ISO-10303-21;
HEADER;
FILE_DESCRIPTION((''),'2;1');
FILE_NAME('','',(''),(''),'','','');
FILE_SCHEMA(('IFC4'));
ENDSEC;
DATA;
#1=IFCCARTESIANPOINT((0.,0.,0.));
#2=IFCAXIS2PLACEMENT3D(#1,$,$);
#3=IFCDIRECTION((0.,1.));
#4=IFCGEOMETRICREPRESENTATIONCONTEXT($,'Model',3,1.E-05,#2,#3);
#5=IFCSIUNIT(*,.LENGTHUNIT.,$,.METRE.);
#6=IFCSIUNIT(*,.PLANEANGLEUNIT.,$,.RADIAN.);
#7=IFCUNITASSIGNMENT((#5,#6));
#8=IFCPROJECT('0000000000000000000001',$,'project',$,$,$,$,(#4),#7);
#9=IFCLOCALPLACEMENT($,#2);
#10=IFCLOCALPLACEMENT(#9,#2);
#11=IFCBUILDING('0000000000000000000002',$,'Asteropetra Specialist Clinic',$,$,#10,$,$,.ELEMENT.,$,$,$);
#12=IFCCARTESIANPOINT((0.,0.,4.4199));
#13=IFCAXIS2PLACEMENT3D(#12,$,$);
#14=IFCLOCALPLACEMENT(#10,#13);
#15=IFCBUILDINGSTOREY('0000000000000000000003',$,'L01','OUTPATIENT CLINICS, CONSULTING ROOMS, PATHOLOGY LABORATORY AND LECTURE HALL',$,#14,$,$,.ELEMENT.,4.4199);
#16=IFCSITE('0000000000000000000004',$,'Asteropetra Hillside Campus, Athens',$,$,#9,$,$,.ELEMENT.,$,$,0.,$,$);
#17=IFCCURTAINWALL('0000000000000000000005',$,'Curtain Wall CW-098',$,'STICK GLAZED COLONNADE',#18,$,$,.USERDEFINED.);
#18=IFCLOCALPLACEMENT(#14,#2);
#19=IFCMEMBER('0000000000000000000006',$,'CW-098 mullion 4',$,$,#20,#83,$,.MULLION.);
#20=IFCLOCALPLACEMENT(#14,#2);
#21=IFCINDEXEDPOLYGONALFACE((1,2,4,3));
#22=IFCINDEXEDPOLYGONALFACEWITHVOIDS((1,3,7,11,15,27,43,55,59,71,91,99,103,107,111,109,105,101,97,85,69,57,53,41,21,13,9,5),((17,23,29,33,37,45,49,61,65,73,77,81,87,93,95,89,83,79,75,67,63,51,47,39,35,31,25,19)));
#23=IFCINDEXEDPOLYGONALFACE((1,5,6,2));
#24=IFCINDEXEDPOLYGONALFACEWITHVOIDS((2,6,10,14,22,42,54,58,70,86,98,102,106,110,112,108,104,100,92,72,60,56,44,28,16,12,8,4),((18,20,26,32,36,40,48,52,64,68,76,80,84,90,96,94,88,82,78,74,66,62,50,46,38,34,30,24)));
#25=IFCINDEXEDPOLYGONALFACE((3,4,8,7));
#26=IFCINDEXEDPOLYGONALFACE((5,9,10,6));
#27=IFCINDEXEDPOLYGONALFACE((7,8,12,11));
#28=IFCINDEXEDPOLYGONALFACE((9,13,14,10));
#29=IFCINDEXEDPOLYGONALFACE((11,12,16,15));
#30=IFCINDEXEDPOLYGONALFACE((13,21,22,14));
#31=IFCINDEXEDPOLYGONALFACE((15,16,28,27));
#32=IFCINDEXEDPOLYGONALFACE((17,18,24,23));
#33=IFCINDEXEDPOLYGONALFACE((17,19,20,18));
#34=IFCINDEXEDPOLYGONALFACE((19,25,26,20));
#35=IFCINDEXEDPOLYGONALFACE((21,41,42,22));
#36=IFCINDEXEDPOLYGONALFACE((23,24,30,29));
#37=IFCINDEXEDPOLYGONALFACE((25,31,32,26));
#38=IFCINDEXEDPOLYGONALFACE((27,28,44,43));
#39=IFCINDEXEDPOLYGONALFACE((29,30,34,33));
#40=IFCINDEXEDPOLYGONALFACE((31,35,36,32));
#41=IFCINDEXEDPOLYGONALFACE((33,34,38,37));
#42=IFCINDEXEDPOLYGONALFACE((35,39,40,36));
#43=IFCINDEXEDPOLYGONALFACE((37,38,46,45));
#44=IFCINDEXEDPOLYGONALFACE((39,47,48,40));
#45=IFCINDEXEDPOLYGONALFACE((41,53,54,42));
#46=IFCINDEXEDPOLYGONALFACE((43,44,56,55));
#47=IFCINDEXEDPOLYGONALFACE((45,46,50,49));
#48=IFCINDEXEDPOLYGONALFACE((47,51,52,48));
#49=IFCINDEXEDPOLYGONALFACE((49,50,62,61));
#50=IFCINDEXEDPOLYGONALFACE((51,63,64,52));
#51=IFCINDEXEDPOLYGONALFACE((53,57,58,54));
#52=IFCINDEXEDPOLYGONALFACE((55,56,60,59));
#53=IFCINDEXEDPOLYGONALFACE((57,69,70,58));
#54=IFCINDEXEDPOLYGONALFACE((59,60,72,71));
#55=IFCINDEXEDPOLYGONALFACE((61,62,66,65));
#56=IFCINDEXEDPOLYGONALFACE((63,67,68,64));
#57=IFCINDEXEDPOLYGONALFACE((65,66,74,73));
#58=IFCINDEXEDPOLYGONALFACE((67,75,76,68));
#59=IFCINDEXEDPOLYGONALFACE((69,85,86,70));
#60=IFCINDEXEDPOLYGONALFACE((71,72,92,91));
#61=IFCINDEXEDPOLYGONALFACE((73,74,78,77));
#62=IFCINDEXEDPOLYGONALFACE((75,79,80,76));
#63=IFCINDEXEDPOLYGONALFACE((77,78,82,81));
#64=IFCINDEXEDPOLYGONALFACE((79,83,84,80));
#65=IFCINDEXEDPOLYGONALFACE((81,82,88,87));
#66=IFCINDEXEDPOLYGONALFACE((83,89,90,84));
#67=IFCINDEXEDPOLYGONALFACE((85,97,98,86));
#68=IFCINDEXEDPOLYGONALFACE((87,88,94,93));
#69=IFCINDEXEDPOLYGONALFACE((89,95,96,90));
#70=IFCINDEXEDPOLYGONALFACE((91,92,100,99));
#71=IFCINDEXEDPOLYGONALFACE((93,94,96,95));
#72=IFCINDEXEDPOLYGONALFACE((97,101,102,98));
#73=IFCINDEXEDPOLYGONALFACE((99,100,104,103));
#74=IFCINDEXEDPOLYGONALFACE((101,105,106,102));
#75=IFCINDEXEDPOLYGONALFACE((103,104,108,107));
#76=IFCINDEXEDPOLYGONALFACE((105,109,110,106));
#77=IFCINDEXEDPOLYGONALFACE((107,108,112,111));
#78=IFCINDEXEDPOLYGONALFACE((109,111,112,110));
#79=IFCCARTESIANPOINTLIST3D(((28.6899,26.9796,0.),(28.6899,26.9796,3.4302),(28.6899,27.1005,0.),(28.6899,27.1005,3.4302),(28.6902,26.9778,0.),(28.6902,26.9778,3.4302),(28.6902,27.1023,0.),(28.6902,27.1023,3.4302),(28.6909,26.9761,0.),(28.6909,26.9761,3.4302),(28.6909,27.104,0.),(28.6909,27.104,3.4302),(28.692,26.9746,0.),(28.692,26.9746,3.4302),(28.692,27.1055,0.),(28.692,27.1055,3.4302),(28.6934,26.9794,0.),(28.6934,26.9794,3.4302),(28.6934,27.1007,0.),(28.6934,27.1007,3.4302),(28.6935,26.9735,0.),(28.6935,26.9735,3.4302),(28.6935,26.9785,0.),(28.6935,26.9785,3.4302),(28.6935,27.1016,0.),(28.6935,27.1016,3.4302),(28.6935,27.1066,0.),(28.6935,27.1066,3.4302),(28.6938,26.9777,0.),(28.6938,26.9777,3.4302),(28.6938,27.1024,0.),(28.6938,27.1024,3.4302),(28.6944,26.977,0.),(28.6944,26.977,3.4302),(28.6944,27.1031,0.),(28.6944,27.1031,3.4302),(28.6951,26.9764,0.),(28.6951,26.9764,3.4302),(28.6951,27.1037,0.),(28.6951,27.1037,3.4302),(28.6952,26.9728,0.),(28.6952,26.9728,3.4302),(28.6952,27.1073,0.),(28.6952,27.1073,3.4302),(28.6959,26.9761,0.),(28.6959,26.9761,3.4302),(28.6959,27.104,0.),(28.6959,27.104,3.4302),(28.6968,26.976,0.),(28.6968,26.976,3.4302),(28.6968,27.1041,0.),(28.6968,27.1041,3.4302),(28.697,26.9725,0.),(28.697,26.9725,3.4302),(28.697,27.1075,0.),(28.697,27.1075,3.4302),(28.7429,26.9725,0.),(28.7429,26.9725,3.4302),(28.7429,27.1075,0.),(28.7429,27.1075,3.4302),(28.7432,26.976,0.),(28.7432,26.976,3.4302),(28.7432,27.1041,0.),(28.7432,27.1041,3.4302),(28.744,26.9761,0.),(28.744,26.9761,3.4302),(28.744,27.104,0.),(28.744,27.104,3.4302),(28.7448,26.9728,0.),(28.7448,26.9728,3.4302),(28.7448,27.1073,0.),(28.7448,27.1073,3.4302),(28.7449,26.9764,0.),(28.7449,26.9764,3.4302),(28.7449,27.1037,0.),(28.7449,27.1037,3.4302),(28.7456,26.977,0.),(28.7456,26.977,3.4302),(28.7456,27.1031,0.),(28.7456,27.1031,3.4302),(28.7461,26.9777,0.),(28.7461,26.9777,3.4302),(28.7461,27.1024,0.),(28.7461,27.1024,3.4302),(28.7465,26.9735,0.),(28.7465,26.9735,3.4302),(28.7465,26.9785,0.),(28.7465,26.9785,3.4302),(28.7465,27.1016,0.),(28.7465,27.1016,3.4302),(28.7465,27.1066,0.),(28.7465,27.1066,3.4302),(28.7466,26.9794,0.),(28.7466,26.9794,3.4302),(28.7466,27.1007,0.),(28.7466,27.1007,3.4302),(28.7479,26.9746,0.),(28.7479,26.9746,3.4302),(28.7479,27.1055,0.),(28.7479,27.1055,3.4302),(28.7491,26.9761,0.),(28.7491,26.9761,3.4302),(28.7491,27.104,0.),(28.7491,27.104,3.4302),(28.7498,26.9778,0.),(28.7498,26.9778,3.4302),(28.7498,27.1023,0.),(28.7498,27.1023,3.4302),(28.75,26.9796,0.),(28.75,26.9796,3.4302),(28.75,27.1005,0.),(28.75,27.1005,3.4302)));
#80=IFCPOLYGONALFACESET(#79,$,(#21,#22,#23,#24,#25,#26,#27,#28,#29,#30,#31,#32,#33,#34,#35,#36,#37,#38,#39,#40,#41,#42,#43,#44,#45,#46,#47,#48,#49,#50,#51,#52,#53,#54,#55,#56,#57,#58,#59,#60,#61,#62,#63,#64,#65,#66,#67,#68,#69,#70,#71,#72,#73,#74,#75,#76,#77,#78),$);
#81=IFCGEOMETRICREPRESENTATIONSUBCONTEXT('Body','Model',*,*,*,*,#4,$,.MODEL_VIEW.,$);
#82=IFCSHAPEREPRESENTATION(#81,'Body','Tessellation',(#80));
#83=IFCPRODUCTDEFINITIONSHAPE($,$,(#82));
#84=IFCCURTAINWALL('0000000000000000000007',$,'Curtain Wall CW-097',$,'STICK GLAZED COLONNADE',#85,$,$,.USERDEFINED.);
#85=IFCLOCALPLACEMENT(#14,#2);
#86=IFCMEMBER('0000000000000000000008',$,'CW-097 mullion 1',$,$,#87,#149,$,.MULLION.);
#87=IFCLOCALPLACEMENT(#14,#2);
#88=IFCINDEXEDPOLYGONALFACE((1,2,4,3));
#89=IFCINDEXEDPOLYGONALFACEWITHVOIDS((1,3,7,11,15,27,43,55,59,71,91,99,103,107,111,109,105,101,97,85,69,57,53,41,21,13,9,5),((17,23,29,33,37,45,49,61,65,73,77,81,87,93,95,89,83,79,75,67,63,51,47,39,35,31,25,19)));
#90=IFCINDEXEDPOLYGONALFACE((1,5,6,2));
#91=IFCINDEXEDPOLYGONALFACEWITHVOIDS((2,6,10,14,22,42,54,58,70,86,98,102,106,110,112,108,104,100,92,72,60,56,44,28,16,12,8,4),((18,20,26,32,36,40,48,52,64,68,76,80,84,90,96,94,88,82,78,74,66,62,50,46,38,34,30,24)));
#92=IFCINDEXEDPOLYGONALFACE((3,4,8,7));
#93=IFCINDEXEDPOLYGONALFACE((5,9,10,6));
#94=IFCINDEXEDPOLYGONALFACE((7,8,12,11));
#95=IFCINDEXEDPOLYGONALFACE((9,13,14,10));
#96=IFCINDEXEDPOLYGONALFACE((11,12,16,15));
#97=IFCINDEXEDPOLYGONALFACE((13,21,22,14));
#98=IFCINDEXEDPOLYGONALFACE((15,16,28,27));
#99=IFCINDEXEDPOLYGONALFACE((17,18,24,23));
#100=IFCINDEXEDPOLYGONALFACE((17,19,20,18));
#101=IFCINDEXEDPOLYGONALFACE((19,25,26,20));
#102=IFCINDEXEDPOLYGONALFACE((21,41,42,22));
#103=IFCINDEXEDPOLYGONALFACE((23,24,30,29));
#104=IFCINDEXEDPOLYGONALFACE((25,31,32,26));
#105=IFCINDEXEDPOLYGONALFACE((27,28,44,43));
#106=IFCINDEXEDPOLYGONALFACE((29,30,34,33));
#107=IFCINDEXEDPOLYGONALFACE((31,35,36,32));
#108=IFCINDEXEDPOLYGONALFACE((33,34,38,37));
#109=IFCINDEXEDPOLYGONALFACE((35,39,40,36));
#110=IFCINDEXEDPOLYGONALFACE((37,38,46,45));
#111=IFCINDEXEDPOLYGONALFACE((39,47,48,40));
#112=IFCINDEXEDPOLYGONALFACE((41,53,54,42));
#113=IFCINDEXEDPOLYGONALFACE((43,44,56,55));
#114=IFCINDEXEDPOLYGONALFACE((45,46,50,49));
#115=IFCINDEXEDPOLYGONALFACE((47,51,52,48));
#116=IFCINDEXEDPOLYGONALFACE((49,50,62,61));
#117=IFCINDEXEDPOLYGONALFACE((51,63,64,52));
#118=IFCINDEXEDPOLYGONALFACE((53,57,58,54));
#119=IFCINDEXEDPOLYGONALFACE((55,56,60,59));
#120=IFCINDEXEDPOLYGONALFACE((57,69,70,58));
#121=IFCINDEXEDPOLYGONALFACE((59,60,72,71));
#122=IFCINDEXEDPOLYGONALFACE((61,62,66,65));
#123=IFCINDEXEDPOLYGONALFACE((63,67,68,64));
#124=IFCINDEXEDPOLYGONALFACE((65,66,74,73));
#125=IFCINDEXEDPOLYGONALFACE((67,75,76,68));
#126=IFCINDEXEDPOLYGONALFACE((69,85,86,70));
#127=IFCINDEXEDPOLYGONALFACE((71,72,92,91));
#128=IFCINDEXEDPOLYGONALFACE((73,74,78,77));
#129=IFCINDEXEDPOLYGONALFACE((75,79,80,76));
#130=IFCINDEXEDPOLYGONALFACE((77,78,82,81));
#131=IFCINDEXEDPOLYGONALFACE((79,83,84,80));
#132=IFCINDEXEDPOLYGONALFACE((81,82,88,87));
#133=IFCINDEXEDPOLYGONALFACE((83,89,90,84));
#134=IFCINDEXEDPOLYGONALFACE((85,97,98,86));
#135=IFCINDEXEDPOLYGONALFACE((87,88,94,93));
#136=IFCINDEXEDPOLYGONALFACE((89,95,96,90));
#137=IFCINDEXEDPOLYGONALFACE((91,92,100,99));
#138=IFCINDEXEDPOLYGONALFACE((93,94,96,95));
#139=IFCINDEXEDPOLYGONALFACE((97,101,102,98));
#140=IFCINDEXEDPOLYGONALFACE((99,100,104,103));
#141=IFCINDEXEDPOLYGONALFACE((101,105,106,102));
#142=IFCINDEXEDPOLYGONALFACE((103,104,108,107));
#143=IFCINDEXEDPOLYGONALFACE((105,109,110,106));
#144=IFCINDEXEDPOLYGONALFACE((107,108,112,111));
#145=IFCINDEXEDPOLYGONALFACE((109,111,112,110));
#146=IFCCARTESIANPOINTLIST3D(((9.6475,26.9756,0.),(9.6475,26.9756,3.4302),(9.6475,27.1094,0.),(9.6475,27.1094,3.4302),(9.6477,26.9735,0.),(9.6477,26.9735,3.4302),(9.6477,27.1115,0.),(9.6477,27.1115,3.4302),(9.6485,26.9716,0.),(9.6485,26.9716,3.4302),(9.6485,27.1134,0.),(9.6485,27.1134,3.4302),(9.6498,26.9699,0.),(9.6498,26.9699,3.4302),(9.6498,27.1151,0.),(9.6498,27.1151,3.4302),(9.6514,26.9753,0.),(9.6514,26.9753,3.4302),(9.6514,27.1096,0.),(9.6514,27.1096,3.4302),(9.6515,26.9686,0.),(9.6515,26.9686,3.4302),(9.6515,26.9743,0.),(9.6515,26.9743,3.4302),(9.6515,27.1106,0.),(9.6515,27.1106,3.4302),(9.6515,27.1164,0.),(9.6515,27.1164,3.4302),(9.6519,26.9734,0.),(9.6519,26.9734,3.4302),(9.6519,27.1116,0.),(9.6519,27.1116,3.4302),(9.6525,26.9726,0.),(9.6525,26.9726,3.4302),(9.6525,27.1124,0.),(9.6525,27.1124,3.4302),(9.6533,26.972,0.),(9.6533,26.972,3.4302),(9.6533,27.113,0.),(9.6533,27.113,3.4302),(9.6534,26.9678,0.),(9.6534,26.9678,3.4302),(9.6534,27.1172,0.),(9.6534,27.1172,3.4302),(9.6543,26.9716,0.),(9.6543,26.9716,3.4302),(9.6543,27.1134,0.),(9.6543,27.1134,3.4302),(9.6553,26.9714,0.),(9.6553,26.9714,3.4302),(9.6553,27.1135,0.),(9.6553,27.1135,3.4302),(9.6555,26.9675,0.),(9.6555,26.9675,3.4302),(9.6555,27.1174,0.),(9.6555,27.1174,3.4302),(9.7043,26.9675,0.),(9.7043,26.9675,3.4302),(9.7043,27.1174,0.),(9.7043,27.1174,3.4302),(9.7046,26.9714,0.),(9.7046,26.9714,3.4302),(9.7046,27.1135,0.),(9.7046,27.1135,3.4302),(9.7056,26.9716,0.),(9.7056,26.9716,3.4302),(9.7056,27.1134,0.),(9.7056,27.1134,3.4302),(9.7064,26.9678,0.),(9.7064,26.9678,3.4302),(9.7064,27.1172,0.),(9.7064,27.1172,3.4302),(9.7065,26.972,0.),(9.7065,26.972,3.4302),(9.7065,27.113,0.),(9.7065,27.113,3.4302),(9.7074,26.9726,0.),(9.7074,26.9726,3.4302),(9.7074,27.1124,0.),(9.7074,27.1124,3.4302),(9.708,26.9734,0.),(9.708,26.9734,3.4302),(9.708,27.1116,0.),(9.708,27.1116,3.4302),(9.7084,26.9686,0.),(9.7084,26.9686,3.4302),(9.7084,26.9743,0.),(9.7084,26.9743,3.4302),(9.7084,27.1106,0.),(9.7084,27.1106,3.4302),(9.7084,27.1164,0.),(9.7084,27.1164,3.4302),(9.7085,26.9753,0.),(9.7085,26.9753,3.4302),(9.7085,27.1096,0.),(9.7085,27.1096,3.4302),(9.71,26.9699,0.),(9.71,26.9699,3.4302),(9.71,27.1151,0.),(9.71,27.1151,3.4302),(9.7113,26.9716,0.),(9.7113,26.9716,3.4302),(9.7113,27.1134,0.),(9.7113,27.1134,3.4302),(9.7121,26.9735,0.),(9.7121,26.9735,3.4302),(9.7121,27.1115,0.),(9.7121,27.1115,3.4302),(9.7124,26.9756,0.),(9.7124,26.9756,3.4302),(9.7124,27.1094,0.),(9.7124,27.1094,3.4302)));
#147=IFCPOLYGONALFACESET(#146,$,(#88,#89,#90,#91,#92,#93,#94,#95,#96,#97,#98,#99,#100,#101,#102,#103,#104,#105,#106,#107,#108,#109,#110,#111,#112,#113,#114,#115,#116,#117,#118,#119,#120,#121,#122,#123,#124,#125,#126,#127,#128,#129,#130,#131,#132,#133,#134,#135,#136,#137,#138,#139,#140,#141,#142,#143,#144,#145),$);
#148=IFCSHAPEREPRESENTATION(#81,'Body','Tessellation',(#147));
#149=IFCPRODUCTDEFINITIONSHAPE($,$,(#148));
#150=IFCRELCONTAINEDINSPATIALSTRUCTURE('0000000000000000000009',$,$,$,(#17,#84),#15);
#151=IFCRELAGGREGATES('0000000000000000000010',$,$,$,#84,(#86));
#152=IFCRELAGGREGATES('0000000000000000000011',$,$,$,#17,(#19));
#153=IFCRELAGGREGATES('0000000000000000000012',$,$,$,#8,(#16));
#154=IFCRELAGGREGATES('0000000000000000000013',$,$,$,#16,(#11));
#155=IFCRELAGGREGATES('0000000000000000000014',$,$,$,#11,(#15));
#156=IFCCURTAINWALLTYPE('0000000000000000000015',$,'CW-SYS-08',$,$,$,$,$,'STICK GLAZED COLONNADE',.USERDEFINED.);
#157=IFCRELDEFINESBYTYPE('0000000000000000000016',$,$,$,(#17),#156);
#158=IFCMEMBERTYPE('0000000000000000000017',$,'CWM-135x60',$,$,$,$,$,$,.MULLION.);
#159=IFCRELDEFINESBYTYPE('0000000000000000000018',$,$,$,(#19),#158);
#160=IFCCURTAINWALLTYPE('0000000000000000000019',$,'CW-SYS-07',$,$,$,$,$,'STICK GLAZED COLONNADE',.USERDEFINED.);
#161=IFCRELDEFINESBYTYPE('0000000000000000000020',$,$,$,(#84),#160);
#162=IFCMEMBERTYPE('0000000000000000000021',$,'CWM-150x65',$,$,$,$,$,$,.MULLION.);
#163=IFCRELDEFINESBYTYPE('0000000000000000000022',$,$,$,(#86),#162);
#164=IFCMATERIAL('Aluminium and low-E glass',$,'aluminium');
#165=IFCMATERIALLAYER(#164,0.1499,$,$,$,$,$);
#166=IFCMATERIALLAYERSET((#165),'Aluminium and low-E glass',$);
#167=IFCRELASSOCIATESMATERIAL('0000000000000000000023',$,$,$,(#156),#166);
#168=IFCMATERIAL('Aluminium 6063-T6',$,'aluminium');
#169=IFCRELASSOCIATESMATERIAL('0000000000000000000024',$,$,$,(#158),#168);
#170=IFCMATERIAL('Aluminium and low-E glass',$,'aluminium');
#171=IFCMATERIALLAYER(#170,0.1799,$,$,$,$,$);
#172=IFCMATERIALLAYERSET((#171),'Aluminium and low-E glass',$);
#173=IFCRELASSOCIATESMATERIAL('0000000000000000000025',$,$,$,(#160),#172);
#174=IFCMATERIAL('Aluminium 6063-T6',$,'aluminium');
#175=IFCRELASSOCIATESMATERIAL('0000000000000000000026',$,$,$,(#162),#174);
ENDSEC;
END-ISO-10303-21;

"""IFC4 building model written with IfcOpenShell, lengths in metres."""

from ifc_helpers import new_model, si_unit, direction, frame, origin, origin_2d, place, context, subcontext, project, spatial, hollow_rectangle, extrude, material, layer, layer_set, material_profile, profile_set, type_object, element, aggregate, save


model = new_model("IFC4")

# Units and contexts
model_context = context("Model", 3, precision=1e-05, world=origin(), true_north=direction((0.0, 1.0)))
body_context = subcontext(model_context, "Body", "Model", "MODEL_VIEW")
ifc_project = project(units=[si_unit("LENGTHUNIT", "METRE"), si_unit("PLANEANGLEUNIT", "RADIAN")], contexts=[model_context])

# Site, building, storey
site_placement = place(None, origin())
site = spatial("IfcSite", under=ifc_project, at=site_placement, Name="Asteropetra Hillside Campus, Athens", CompositionType="ELEMENT", RefElevation=0.0)
building_placement = place(site_placement, origin())
building = spatial("IfcBuilding", under=site, at=building_placement, Name="Asteropetra Specialist Clinic", CompositionType="ELEMENT")
storey_placement = place(building_placement, frame((0.0, 0.0, 4.4199)))
storey = spatial("IfcBuildingStorey", under=building, at=storey_placement, Name="L01", Description="OUTPATIENT CLINICS, CONSULTING ROOMS, PATHOLOGY LABORATORY AND LECTURE HALL", CompositionType="ELEMENT", Elevation=4.4199)

# Curtain wall, member
ifc_material_1 = material(Name="Aluminium and low-E glass", Category="aluminium")
ifc_layer_1 = layer(ifc_material_1, 0.1499)
ifc_layer_set_1 = layer_set([ifc_layer_1], Name="Aluminium and low-E glass")
curtain_wall_type_1 = type_object("IfcCurtainWallType", Name="CW-SYS-08", ElementType="STICK GLAZED COLONNADE", PredefinedType="USERDEFINED", material=ifc_layer_set_1)
curtain_wall_1_placement = place(storey_placement, origin())
curtain_wall_1 = element("IfcCurtainWall", 1, at=curtain_wall_1_placement, inside=storey, type_object=curtain_wall_type_1, Name="Curtain Wall CW-098", ObjectType="STICK GLAZED COLONNADE", PredefinedType="USERDEFINED")
ifc_material_2 = material(Name="Aluminium 6063-T6", Category="aluminium")
ifc_material_profile_1 = material_profile(ifc_material_2, hollow_rectangle(XDim=0.0601, YDim=0.135, WallThickness=0.0034, InnerFilletRadius=0.0034, OuterFilletRadius=0.0071, at=origin_2d()), Name="MUL 135x60x3.5")
ifc_profile_set_1 = profile_set([ifc_material_profile_1], Name="Aluminium 6063-T6")
member_type_1 = type_object("IfcMemberType", Name="CWM-135x60", PredefinedType="MULLION", material=ifc_profile_set_1)
member_1_placement = place(storey_placement, frame((28.72, 27.04, 0.0), z_axis=(0.0, 0.0, 1.0), x_axis=(1.0, 0.0, 0.0)))
member_1 = element("IfcMember", 2, at=member_1_placement, type_object=member_type_1, Name="CW-098 mullion 4", PredefinedType="MULLION", context=body_context, shape_type="SweptSolid", body=[
    extrude(hollow_rectangle(XDim=0.0601, YDim=0.135, WallThickness=0.0034, InnerFilletRadius=0.0034, OuterFilletRadius=0.0071, at=origin_2d()), origin(), (0.0, 0.0, 1.0), 3.4302),
])

# Curtain wall, member
ifc_material_3 = material(Name="Aluminium and low-E glass", Category="aluminium")
ifc_layer_2 = layer(ifc_material_3, 0.1799)
ifc_layer_set_2 = layer_set([ifc_layer_2], Name="Aluminium and low-E glass")
curtain_wall_type_2 = type_object("IfcCurtainWallType", Name="CW-SYS-07", ElementType="STICK GLAZED COLONNADE", PredefinedType="USERDEFINED", material=ifc_layer_set_2)
curtain_wall_2_placement = place(storey_placement, origin())
curtain_wall_2 = element("IfcCurtainWall", 3, at=curtain_wall_2_placement, inside=storey, type_object=curtain_wall_type_2, Name="Curtain Wall CW-097", ObjectType="STICK GLAZED COLONNADE", PredefinedType="USERDEFINED")
ifc_material_4 = material(Name="Aluminium 6063-T6", Category="aluminium")
ifc_material_profile_2 = material_profile(ifc_material_4, hollow_rectangle(XDim=0.0649, YDim=0.1499, WallThickness=0.0039, InnerFilletRadius=0.0039, OuterFilletRadius=0.0081, at=origin_2d()), Name="MUL 150x65x4.0")
ifc_profile_set_2 = profile_set([ifc_material_profile_2], Name="Aluminium 6063-T6")
member_type_2 = type_object("IfcMemberType", Name="CWM-150x65", PredefinedType="MULLION", material=ifc_profile_set_2)
member_2_placement = place(storey_placement, frame((9.6799, 27.0425, 0.0), z_axis=(0.0, 0.0, 1.0), x_axis=(-1.0, 0.0, 0.0)))
member_2 = element("IfcMember", 4, at=member_2_placement, type_object=member_type_2, Name="CW-097 mullion 1", PredefinedType="MULLION", context=body_context, shape_type="SweptSolid", body=[
    extrude(hollow_rectangle(XDim=0.0649, YDim=0.1499, WallThickness=0.0039, InnerFilletRadius=0.0039, OuterFilletRadius=0.0081, at=origin_2d()), origin(), (0.0, 0.0, 1.0), 3.4302),
])

aggregate(curtain_wall_2, [member_2])
aggregate(curtain_wall_1, [member_1])

save(model, "model.ifc")
